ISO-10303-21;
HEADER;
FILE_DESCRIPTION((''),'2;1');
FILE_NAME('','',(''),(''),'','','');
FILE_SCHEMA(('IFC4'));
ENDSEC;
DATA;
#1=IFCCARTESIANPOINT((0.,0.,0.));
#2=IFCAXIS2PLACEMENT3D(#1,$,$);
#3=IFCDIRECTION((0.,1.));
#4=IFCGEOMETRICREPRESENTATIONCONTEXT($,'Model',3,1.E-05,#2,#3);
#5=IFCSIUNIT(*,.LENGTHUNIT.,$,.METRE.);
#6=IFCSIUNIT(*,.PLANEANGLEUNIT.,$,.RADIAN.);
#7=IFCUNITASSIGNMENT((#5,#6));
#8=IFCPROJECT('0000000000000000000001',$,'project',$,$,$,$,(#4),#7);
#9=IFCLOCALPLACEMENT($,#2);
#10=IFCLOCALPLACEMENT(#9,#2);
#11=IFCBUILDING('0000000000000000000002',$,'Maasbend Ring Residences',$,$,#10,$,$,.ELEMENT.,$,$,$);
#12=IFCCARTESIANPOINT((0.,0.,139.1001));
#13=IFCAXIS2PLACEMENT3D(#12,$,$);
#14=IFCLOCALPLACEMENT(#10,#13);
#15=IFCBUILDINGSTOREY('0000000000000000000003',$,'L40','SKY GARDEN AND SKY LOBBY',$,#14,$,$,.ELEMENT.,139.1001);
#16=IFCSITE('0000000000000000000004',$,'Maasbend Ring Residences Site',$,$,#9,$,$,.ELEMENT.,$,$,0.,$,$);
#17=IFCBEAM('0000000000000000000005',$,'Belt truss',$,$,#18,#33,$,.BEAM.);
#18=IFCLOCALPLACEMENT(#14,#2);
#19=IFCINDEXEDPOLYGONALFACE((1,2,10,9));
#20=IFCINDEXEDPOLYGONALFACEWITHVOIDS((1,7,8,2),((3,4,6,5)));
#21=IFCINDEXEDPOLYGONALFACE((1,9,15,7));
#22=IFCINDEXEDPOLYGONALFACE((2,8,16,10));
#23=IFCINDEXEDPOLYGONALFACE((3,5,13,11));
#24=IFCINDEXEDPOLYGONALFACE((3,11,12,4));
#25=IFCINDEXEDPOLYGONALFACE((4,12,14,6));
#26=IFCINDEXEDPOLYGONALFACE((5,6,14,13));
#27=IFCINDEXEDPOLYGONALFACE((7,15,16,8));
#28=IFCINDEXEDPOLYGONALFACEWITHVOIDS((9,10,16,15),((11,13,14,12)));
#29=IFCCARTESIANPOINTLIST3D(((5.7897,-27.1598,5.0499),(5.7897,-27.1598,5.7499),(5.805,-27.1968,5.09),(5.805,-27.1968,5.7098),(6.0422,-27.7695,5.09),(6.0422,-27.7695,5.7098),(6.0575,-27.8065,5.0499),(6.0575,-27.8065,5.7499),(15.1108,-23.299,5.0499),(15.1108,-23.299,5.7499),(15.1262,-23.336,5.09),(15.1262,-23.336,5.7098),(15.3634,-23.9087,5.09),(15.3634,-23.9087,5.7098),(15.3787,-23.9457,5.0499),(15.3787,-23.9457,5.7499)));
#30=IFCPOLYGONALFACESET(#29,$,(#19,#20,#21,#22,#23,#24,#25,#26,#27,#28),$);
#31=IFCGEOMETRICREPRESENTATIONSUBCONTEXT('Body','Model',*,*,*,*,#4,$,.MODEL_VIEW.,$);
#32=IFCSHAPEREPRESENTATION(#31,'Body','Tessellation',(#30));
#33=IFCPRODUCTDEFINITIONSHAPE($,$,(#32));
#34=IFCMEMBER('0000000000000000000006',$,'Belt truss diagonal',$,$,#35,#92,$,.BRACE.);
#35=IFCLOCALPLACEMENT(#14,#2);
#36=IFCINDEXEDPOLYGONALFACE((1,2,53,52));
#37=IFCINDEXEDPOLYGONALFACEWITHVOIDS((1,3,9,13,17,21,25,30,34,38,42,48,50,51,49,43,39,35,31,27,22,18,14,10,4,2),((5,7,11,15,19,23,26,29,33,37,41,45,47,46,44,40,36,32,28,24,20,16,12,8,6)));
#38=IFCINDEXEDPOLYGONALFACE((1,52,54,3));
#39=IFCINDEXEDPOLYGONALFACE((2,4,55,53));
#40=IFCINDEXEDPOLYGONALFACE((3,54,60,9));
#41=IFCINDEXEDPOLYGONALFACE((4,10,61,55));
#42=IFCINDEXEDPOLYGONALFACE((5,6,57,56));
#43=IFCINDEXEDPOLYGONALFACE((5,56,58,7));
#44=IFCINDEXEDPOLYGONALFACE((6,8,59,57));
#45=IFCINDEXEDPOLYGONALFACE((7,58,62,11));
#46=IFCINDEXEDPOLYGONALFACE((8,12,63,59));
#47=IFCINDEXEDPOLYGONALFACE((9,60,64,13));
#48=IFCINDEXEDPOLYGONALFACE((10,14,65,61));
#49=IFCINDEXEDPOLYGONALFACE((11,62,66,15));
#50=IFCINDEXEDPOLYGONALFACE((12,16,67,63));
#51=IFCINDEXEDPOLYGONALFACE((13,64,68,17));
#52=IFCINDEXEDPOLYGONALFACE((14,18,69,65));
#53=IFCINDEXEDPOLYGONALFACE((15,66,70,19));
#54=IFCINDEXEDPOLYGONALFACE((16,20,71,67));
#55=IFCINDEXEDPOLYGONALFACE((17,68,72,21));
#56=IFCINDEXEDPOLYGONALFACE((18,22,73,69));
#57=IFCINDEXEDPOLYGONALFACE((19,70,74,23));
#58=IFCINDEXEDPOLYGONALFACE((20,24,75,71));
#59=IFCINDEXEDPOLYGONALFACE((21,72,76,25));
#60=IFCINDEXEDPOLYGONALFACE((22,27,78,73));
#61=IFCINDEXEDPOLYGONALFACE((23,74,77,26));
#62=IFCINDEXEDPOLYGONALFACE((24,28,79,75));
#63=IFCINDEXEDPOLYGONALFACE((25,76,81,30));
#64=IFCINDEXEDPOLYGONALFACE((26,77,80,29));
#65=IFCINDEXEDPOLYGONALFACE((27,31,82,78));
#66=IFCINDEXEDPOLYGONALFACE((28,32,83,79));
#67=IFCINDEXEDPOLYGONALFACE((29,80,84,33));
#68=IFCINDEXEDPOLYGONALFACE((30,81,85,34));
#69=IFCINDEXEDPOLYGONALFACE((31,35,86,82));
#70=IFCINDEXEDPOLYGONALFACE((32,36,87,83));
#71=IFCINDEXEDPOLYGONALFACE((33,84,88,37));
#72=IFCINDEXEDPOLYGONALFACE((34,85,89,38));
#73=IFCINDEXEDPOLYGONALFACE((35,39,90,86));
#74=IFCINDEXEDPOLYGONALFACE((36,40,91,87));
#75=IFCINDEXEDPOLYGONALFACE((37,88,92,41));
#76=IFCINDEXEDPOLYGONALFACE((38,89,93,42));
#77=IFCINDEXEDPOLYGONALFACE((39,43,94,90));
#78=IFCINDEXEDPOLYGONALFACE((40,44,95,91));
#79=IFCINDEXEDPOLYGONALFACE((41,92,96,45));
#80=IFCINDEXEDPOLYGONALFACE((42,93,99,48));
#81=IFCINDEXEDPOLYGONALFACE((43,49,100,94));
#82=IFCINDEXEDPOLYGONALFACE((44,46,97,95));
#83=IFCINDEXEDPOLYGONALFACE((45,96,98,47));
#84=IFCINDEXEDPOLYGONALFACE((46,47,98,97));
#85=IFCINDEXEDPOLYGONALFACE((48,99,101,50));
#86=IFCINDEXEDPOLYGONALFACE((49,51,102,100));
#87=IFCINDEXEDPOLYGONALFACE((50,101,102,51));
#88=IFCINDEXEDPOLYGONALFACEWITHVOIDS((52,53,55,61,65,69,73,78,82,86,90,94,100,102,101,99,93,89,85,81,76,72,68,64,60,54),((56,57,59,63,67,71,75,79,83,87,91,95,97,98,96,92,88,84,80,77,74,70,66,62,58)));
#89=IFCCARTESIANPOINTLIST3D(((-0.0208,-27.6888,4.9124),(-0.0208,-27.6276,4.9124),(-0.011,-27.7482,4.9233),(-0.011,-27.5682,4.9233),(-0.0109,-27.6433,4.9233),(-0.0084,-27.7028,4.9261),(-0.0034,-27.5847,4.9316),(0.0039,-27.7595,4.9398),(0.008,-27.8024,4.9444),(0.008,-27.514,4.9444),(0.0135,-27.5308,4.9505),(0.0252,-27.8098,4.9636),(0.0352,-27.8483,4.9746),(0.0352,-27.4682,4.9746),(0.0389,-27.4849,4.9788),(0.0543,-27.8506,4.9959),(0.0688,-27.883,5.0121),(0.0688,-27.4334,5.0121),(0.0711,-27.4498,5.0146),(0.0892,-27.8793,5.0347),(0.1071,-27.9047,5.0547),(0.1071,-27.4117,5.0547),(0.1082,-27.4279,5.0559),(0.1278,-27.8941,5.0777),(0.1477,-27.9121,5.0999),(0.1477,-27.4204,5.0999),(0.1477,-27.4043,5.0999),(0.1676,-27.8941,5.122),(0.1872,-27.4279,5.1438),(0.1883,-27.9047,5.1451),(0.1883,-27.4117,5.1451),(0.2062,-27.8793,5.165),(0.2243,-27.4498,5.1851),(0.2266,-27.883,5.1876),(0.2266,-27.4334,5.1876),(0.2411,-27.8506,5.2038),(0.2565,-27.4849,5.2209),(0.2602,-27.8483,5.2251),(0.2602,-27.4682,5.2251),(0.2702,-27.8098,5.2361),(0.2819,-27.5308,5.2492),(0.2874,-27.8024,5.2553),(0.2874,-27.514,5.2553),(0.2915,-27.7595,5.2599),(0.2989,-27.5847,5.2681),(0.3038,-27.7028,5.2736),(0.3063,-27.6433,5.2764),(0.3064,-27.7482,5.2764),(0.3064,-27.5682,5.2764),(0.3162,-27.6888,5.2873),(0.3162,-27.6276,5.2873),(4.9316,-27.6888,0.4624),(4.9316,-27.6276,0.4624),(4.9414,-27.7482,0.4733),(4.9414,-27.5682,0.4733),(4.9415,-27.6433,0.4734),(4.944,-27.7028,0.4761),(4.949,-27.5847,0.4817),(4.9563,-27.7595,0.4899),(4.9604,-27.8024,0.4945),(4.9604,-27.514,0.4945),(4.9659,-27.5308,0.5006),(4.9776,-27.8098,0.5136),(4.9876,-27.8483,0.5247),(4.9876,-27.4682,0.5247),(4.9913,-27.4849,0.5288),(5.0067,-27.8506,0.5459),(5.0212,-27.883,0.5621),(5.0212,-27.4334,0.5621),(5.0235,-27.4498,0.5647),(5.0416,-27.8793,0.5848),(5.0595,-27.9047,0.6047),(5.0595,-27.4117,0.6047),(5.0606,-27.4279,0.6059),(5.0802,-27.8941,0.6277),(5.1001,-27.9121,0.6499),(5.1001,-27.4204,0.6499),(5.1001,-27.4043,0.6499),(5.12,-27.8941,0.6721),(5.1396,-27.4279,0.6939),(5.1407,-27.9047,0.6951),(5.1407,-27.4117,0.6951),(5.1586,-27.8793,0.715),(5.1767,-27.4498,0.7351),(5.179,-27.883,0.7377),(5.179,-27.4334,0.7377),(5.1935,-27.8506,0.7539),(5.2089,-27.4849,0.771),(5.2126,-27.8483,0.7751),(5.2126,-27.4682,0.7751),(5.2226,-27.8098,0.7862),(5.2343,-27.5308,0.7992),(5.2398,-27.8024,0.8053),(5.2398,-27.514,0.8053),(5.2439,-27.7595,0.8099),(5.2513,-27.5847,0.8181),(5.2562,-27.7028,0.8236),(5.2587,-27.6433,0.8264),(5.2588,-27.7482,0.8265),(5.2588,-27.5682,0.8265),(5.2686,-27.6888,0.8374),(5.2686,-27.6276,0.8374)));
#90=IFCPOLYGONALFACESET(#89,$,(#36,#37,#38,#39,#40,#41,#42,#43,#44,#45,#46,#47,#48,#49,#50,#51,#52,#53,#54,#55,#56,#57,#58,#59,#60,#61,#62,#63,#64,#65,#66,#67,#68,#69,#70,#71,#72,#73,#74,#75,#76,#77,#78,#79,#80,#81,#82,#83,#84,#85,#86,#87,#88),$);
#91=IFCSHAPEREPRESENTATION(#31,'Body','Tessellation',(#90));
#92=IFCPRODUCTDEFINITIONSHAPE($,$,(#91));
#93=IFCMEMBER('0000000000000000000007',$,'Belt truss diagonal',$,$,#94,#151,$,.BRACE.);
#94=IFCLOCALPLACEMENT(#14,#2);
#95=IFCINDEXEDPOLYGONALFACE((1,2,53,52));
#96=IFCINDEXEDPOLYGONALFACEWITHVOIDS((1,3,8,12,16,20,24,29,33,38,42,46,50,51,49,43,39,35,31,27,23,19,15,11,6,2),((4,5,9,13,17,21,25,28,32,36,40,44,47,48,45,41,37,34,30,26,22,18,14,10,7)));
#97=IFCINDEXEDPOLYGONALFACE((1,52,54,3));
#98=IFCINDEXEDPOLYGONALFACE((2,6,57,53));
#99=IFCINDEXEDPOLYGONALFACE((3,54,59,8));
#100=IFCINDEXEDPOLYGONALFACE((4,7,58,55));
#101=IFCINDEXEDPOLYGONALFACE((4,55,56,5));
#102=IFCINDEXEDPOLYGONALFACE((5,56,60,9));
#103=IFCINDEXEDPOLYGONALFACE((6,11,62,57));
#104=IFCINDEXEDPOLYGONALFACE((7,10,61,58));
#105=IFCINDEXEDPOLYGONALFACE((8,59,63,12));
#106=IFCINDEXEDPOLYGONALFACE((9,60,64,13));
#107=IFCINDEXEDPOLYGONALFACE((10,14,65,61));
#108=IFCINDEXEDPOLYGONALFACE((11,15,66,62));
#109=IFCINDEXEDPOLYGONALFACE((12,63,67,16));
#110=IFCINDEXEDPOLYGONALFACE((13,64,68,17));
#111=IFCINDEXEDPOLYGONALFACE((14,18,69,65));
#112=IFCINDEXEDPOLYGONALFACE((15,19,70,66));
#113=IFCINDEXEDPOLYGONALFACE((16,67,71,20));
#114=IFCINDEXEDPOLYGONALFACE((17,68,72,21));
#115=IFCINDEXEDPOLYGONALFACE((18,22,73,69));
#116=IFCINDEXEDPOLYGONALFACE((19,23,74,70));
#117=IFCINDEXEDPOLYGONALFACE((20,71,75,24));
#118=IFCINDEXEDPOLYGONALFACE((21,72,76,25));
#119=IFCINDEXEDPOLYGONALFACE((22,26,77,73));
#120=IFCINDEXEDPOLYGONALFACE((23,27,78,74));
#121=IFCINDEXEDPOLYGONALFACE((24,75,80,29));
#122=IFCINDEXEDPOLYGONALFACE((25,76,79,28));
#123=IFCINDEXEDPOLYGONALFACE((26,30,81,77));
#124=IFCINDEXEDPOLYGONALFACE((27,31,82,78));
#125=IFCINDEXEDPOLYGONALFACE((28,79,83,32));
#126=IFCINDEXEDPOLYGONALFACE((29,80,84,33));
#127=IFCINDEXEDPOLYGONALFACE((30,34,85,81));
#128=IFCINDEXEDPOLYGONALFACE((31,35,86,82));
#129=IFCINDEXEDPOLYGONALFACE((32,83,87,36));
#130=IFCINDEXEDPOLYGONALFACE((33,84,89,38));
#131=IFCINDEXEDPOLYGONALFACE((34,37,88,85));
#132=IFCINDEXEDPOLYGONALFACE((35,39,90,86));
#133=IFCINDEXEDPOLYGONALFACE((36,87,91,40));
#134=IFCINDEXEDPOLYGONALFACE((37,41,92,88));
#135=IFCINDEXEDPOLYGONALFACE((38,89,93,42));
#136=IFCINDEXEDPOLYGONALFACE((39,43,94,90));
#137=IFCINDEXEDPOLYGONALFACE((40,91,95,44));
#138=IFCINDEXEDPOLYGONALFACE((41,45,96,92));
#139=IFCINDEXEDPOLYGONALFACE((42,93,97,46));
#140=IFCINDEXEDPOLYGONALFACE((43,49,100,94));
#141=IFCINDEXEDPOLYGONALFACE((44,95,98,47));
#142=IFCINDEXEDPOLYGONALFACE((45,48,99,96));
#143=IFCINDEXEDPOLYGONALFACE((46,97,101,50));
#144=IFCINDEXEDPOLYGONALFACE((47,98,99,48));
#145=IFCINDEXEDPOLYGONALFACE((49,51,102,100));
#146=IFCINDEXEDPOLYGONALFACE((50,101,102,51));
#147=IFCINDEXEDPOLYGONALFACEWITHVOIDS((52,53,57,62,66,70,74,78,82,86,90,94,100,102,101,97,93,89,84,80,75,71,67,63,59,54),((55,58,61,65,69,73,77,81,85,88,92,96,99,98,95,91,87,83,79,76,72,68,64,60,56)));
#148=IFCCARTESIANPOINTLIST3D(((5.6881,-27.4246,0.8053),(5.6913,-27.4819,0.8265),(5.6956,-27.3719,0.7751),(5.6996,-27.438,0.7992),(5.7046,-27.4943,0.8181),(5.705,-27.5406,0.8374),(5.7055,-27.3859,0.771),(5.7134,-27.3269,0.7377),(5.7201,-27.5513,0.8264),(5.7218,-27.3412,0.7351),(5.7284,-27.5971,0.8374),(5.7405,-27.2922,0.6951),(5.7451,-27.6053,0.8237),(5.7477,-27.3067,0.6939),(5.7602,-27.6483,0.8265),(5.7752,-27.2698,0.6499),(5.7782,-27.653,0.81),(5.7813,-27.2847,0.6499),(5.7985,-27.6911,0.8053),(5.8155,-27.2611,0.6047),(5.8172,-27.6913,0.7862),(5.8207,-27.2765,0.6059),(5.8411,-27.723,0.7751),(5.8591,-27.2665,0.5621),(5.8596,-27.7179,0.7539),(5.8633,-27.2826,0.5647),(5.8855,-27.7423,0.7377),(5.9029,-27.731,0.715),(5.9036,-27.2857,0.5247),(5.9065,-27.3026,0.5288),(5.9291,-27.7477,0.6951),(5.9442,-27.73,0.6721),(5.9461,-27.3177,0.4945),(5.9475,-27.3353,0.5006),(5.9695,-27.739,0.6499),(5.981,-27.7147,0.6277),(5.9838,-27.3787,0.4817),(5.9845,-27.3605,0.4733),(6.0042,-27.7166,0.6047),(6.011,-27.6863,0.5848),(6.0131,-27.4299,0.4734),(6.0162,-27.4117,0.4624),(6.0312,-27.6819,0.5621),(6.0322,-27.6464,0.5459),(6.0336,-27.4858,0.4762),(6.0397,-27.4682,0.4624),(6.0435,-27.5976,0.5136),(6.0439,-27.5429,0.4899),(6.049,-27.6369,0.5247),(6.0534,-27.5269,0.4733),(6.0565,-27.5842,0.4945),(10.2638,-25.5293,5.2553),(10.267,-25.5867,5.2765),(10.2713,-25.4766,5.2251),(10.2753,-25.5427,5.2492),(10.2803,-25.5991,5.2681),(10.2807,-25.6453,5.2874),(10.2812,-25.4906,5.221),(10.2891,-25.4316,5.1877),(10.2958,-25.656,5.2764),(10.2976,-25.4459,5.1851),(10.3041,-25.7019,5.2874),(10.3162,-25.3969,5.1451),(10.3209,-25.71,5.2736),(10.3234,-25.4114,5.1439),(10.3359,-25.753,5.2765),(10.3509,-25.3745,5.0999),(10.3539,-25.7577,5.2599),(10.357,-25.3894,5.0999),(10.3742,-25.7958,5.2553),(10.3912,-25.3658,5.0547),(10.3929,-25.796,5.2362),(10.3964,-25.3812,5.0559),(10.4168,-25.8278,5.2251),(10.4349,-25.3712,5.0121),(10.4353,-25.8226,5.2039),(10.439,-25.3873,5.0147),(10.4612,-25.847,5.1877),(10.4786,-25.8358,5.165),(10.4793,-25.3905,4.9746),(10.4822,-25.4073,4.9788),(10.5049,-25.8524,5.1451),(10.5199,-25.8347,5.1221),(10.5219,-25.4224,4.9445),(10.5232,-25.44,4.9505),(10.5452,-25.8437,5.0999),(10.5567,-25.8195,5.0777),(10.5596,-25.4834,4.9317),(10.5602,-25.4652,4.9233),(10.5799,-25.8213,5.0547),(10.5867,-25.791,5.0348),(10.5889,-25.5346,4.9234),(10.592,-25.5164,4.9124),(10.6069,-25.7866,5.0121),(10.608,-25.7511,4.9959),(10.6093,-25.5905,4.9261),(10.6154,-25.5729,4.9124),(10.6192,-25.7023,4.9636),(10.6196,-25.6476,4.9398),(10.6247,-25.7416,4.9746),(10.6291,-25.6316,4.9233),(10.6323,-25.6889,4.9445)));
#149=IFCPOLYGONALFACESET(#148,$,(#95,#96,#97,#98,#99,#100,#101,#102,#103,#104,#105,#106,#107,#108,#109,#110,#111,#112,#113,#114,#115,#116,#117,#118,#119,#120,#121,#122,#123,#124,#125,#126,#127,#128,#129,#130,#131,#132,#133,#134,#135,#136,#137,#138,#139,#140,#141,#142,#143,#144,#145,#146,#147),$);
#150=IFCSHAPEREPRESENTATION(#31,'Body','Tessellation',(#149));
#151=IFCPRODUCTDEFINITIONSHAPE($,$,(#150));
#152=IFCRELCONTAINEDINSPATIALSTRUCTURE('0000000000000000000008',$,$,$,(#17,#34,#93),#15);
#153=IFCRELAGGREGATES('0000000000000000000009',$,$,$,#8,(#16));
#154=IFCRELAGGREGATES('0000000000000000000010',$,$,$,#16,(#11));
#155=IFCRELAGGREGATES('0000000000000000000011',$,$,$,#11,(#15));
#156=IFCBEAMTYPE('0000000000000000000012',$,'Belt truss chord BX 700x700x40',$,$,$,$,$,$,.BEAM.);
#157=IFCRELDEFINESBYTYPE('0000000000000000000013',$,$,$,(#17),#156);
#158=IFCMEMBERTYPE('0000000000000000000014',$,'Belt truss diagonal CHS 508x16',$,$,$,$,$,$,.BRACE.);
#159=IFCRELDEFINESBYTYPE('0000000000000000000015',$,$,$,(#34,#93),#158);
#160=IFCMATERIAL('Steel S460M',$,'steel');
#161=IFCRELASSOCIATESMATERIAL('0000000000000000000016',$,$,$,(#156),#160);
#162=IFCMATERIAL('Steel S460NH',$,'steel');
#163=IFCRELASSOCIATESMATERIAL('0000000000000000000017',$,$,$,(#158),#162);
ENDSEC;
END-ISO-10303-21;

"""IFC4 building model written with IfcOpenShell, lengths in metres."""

from ifc_helpers import new_model, si_unit, direction, frame, origin, origin_2d, place, context, subcontext, project, spatial, hollow_rectangle, hollow_circle, extrude, material, material_profile, profile_set, type_object, element, save


model = new_model("IFC4")

# Units and contexts
model_context = context("Model", 3, precision=1e-05, world=origin(), true_north=direction((0.0, 1.0)))
body_context = subcontext(model_context, "Body", "Model", "MODEL_VIEW")
ifc_project = project(units=[si_unit("LENGTHUNIT", "METRE"), si_unit("PLANEANGLEUNIT", "RADIAN")], contexts=[model_context])

# Site, building, storey
site_placement = place(None, origin())
site = spatial("IfcSite", under=ifc_project, at=site_placement, Name="Maasbend Ring Residences Site", CompositionType="ELEMENT", RefElevation=0.0)
building_placement = place(site_placement, origin())
building = spatial("IfcBuilding", under=site, at=building_placement, Name="Maasbend Ring Residences", CompositionType="ELEMENT")
storey_placement = place(building_placement, frame((0.0, 0.0, 139.1001)))
storey = spatial("IfcBuildingStorey", under=building, at=storey_placement, Name="L40", Description="SKY GARDEN AND SKY LOBBY", CompositionType="ELEMENT", Elevation=139.1001)

# Beam
ifc_material_1 = material(Name="Steel S460M", Category="steel")
ifc_material_profile_1 = material_profile(ifc_material_1, hollow_rectangle(XDim=0.7, YDim=0.7, WallThickness=0.04, at=origin_2d()), Name="Belt truss chord BX 700x700x40")
ifc_profile_set_1 = profile_set([ifc_material_profile_1], Name="Steel S460M")
beam_type_1 = type_object("IfcBeamType", Name="Belt truss chord BX 700x700x40", PredefinedType="BEAM", material=ifc_profile_set_1)
for number, where, z_axis, x_axis, name in (
    (1, (5.9236, -27.4832, 5.3999), (0.923885, 0.38267, 0.0), (-0.38267, 0.923885, 0.0), "Belt truss"),
):
    element("IfcBeam", number, at=place(storey_placement, frame(where, z_axis=z_axis, x_axis=x_axis)), inside=storey, type_object=beam_type_1, Name=name, PredefinedType="BEAM", context=body_context, shape_type="SweptSolid", body=[
        extrude(hollow_rectangle(XDim=0.7, YDim=0.7, WallThickness=0.04, at=origin_2d()), origin(), (0.0, 0.0, 1.0), 10.0891),
    ])

# Members
ifc_material_2 = material(Name="Steel S460NH", Category="steel")
ifc_material_profile_2 = material_profile(ifc_material_2, hollow_circle(Radius=0.2539, WallThickness=0.0161, at=origin_2d()), Name="Belt truss diagonal CHS 508x16")
ifc_profile_set_2 = profile_set([ifc_material_profile_2], Name="Steel S460NH")
member_type_1 = type_object("IfcMemberType", Name="Belt truss diagonal CHS 508x16", PredefinedType="BRACE", material=ifc_profile_set_2)
member_1_placement = place(storey_placement, frame((0.1477, -27.6582, 5.0999), z_axis=(0.743832, 0.0, -0.668367), x_axis=(0.0, 1.0, 0.0)))
element("IfcMember", 2, at=member_1_placement, inside=storey, type_object=member_type_1, Name="Belt truss diagonal", PredefinedType="BRACE", context=body_context, shape_type="SweptSolid", body=[
    extrude(hollow_circle(Radius=0.2539, WallThickness=0.0161, at=origin_2d()), origin(), (0.0, 0.0, 1.0), 6.658),
])
for number, where, z_axis, x_axis, name in (
    (3, (5.8723, -27.5044, 0.6499), (0.68723, 0.284653, 0.668346), (-0.382675, 0.923883, 0.0), "Belt truss diagonal"),
):
    element("IfcMember", number, at=place(storey_placement, frame(where, z_axis=z_axis, x_axis=x_axis)), inside=storey, type_object=member_type_1, Name=name, PredefinedType="BRACE", context=body_context, shape_type="SweptSolid", body=[
        extrude(hollow_circle(Radius=0.2539, WallThickness=0.0161, at=origin_2d()), origin(), (0.0, 0.0, 1.0), 6.6582),
    ])

save(model, "model.ifc")
